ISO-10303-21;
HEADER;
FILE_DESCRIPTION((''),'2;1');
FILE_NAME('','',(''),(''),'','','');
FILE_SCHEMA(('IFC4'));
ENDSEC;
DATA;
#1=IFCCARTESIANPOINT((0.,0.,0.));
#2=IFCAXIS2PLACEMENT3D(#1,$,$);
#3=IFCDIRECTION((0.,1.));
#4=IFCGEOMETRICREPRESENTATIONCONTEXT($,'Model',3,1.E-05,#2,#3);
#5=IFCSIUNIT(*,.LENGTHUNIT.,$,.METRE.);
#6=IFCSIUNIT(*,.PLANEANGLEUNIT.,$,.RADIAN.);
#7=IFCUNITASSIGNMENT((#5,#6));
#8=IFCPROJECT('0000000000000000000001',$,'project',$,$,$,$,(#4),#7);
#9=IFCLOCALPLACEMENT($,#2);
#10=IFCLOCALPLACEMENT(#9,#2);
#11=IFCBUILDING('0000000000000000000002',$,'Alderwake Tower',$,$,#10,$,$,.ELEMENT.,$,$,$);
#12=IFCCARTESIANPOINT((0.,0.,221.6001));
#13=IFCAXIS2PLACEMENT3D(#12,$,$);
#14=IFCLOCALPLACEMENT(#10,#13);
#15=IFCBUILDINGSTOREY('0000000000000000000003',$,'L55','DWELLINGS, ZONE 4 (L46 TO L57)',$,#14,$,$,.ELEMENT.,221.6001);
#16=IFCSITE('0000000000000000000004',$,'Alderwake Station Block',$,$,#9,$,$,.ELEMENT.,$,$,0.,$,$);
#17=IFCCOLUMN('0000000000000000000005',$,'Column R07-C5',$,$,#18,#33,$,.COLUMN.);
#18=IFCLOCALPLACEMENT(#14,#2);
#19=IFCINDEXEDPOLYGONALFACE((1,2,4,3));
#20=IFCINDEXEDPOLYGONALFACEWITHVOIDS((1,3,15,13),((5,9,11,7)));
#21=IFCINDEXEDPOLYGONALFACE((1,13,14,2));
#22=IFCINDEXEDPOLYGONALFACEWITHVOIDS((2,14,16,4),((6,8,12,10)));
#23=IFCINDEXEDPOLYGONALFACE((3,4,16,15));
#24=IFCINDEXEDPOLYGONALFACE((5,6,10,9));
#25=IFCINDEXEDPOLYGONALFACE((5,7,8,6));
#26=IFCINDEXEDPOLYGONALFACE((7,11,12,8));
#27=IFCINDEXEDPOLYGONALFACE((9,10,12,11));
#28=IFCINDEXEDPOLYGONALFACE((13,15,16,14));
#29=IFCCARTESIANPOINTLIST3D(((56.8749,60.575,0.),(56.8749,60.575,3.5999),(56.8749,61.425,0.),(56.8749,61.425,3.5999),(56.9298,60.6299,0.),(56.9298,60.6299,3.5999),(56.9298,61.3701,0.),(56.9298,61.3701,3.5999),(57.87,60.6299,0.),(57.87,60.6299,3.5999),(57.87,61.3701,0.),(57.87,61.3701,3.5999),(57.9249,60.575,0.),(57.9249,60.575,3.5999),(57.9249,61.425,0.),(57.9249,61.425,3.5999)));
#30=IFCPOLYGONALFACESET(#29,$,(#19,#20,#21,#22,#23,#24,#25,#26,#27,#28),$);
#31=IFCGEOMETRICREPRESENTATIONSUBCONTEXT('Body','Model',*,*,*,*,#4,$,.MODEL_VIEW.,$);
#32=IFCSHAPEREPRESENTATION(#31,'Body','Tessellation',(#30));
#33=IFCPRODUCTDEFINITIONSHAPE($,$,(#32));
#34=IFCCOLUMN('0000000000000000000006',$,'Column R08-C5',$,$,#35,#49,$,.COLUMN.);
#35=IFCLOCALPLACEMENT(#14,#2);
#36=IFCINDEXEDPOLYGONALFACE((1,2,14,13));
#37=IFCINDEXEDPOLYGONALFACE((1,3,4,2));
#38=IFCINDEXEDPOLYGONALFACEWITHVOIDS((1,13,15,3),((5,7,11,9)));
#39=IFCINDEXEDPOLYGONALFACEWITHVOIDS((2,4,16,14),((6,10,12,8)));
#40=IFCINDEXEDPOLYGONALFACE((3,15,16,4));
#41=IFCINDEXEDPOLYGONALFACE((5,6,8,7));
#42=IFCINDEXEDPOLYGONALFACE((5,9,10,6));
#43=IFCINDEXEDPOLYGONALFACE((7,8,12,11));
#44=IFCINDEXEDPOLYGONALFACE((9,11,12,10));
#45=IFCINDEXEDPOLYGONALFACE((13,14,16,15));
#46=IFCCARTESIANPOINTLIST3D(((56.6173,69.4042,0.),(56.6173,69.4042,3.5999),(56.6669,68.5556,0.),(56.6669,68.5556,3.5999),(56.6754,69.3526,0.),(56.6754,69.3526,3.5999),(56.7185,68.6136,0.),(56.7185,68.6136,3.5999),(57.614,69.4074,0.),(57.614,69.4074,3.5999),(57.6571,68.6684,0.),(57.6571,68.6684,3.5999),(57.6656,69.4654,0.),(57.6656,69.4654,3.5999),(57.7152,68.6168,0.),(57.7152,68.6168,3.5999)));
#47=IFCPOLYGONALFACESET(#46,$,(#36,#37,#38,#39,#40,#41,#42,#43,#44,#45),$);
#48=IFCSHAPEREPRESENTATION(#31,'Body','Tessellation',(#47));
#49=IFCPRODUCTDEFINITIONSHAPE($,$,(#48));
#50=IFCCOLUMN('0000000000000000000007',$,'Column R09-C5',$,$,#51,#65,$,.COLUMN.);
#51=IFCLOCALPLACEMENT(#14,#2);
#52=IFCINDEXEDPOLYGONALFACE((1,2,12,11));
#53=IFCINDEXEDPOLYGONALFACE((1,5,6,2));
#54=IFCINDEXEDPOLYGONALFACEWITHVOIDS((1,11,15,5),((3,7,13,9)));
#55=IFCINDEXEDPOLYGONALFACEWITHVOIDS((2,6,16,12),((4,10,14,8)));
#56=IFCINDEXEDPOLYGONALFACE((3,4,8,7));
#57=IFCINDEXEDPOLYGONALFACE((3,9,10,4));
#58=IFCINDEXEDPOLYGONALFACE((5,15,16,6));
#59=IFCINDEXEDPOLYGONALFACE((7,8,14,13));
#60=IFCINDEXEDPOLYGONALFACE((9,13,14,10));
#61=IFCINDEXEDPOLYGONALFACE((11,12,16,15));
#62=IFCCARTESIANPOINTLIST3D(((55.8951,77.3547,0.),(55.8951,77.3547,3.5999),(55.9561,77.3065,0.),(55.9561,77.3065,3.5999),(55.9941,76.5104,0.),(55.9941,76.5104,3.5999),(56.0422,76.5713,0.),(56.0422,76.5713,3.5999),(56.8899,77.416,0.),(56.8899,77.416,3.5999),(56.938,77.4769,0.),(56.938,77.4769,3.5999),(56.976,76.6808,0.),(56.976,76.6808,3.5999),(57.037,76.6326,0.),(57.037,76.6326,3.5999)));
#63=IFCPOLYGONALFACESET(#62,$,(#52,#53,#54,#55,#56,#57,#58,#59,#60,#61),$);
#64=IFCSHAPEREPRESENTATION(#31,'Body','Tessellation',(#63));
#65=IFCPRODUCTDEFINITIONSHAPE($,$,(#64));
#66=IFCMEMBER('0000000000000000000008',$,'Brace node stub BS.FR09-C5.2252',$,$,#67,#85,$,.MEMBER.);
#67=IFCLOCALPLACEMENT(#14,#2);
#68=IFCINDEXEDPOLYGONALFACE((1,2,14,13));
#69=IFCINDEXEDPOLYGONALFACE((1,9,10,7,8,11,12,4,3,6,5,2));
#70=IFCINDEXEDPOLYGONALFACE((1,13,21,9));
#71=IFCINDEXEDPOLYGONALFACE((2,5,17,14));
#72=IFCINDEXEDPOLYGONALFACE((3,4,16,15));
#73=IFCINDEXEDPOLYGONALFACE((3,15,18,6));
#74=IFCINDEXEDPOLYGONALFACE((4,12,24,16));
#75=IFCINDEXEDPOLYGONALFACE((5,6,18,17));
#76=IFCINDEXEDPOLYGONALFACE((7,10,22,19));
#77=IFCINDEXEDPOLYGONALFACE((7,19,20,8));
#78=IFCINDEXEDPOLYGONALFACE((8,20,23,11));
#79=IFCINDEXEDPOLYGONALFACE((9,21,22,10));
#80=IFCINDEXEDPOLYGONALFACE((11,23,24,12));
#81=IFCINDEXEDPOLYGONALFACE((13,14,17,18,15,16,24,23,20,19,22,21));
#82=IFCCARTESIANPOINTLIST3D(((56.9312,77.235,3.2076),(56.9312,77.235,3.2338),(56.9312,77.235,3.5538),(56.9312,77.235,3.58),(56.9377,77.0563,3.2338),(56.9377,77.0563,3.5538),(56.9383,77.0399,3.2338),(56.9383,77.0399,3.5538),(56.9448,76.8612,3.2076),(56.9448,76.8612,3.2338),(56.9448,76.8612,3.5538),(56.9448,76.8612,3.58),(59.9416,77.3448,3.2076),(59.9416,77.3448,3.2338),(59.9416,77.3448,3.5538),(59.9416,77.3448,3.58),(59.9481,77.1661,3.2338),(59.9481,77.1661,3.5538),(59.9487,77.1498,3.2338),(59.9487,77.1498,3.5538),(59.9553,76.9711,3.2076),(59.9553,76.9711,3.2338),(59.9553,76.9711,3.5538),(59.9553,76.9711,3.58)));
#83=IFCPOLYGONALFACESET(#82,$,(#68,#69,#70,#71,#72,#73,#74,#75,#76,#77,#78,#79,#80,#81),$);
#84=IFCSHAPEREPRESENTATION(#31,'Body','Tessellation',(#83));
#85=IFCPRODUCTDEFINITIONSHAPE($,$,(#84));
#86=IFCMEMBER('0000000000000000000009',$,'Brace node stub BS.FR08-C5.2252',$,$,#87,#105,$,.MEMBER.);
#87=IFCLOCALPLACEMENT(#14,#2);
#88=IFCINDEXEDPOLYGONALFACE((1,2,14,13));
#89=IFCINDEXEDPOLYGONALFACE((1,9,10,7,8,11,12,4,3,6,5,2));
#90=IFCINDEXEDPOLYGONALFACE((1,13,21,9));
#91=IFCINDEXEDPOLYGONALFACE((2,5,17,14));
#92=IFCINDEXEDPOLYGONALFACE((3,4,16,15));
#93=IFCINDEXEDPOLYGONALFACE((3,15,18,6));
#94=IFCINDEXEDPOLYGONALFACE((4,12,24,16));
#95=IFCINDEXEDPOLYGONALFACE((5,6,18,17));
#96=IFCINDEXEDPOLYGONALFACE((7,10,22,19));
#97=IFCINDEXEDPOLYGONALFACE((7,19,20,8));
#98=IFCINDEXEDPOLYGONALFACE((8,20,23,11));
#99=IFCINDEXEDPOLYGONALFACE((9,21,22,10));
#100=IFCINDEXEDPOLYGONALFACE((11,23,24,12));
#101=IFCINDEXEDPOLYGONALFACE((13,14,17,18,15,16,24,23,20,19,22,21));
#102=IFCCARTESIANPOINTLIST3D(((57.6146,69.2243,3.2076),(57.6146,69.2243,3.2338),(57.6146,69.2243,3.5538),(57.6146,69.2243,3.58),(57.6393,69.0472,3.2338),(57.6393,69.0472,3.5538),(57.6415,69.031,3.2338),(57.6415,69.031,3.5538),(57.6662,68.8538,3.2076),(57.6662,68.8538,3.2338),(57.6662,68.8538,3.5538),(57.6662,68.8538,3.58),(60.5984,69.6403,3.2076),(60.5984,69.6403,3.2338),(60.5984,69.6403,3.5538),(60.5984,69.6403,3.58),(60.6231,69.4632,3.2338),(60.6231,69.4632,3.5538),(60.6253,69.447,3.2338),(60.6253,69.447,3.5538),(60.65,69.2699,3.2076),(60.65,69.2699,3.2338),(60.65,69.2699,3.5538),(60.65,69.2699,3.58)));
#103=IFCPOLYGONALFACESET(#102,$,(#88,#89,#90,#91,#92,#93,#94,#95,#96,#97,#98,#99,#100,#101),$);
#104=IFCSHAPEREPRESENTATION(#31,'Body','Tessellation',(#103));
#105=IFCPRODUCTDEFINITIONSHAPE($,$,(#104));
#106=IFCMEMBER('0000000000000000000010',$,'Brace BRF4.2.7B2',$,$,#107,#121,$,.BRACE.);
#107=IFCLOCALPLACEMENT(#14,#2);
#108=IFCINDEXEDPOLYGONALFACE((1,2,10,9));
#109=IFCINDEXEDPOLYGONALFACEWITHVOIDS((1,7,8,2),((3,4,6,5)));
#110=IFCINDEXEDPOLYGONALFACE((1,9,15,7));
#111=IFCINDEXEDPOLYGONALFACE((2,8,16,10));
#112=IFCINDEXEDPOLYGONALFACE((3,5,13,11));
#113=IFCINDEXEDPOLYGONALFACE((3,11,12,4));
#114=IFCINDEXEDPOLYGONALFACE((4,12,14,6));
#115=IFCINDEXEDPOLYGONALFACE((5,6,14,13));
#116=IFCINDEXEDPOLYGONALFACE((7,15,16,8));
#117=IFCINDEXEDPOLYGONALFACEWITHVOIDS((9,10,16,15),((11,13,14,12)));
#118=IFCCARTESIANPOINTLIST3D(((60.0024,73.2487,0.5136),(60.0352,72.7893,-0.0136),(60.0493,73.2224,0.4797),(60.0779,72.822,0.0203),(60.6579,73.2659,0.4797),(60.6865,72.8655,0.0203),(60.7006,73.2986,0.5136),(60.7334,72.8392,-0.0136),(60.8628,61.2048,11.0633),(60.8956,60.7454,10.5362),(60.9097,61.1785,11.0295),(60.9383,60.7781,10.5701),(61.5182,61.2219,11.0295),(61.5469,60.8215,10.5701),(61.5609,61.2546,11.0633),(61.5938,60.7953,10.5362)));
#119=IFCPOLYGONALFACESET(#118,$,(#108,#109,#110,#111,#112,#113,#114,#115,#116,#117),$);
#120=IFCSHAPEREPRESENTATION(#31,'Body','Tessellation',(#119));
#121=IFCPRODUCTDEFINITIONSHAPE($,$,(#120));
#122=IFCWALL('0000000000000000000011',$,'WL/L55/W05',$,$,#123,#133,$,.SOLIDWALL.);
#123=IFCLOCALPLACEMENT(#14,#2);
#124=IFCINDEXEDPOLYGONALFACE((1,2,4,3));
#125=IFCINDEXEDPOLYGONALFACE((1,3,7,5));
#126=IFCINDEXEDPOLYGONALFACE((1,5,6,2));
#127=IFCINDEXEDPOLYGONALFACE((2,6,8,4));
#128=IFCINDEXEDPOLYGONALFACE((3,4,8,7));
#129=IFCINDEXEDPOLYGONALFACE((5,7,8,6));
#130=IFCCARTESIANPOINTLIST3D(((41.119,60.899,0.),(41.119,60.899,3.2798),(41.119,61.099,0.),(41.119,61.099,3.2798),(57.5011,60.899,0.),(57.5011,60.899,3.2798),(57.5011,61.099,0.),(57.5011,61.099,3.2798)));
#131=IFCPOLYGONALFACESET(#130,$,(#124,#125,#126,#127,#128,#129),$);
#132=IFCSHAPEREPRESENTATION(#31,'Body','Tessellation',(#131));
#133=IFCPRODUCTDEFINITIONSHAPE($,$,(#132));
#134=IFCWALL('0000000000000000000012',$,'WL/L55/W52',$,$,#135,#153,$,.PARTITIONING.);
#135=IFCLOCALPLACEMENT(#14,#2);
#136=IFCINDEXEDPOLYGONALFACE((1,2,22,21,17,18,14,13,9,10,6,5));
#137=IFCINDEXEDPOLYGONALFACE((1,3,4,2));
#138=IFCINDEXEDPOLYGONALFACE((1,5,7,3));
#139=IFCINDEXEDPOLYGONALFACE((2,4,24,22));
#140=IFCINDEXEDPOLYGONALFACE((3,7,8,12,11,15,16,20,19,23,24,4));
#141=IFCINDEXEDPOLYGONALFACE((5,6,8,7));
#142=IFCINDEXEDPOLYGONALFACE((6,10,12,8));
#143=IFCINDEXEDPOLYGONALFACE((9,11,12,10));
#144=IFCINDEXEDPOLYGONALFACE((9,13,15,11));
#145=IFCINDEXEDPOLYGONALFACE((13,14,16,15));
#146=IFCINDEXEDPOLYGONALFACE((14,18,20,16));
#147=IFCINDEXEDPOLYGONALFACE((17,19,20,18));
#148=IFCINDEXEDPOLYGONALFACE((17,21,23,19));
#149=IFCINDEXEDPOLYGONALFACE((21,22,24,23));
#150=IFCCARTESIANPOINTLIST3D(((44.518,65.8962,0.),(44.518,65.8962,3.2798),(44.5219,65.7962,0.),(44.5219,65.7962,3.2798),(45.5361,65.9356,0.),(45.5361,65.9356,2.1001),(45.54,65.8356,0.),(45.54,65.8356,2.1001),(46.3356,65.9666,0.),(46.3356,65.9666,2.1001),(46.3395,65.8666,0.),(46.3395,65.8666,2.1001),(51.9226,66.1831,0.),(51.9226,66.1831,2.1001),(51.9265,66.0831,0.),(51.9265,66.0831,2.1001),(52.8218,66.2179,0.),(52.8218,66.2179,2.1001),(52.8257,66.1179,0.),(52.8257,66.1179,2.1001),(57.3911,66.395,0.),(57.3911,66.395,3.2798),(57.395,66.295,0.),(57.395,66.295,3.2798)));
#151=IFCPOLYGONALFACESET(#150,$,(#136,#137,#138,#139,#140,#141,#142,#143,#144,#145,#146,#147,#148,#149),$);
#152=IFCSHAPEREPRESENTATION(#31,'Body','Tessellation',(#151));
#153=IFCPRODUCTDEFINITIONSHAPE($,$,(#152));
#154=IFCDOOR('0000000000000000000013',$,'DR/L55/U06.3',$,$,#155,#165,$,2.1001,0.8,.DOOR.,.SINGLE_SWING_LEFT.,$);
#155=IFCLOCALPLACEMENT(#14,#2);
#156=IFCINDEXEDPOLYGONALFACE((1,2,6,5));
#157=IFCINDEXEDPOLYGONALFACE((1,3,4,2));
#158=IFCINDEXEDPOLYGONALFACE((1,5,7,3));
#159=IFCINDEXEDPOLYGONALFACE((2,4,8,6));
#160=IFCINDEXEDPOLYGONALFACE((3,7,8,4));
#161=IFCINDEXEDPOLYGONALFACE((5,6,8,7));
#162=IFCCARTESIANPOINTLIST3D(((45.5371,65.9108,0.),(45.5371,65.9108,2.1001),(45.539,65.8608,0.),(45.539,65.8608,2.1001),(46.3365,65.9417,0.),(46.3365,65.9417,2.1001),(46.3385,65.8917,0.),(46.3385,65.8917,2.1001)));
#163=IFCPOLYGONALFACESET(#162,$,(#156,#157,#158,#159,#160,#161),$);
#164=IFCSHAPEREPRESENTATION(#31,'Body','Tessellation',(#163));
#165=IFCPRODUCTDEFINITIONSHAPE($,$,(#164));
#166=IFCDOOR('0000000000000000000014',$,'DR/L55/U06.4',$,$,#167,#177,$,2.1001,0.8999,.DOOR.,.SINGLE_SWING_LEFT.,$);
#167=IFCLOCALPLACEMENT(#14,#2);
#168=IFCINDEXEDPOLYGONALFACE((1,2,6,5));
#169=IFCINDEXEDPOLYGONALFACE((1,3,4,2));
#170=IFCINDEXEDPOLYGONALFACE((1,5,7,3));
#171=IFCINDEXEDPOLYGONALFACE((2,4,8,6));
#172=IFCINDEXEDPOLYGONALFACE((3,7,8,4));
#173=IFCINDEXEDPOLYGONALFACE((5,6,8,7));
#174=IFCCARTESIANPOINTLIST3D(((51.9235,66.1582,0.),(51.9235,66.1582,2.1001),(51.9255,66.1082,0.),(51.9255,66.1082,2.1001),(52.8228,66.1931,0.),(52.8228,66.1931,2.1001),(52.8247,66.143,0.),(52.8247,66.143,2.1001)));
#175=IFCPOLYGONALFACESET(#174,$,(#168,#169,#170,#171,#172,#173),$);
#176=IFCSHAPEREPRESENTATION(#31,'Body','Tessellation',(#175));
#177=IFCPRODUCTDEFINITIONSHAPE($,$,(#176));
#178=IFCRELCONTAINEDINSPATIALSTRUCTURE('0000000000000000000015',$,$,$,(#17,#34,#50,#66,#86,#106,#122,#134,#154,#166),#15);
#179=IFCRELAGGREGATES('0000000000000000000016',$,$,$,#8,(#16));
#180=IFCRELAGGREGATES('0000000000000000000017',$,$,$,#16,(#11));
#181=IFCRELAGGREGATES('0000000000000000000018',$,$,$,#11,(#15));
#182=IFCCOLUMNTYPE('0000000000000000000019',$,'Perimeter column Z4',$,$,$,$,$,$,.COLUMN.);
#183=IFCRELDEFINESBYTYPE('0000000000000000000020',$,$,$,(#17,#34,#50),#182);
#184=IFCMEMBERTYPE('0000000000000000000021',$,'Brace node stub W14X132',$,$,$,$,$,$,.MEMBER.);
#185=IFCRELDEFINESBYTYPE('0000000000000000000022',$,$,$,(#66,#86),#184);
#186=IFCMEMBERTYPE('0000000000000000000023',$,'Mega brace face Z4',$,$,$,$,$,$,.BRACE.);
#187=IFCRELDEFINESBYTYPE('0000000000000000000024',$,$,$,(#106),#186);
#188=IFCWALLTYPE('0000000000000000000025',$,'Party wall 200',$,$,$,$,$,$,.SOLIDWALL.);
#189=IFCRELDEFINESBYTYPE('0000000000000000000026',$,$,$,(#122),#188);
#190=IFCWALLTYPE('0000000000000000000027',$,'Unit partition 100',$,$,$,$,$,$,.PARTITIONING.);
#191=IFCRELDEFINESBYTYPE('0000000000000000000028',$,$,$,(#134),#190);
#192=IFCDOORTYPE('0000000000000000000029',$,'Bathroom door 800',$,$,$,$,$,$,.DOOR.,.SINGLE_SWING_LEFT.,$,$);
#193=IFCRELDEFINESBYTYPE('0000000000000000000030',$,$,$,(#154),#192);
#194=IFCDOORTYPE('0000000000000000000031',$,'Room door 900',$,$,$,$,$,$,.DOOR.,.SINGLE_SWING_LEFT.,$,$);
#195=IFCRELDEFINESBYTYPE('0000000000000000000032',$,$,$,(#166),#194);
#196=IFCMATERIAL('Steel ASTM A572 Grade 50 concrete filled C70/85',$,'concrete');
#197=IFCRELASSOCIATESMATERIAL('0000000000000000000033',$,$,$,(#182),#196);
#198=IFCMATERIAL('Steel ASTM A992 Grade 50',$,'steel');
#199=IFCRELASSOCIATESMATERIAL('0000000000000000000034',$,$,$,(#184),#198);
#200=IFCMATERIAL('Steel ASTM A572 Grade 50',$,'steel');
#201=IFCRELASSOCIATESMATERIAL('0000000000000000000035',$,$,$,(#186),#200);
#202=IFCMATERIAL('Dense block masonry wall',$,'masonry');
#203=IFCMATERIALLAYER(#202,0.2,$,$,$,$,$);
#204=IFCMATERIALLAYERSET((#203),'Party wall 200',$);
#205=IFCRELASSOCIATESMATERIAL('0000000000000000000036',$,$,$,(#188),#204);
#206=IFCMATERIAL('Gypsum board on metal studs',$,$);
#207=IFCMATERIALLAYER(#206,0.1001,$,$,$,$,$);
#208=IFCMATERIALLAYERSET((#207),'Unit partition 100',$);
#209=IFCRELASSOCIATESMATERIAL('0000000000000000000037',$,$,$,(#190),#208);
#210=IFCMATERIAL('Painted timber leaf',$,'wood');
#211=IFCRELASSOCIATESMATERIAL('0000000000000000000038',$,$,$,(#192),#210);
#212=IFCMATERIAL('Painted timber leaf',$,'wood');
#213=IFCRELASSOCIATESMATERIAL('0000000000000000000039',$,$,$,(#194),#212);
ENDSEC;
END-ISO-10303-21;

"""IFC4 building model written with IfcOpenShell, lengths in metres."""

from ifc_helpers import new_model, si_unit, direction, frame, frame_2d, origin, origin_2d, place, context, subcontext, project, spatial, rectangle, hollow_rectangle, i_section, extrude, material, layer, layer_set, material_profile, profile_set, type_object, element, fill, save


model = new_model("IFC4")

# Units and contexts
model_context = context("Model", 3, precision=1e-05, world=origin(), true_north=direction((0.0, 1.0)))
body_context = subcontext(model_context, "Body", "Model", "MODEL_VIEW")
ifc_project = project(units=[si_unit("LENGTHUNIT", "METRE"), si_unit("PLANEANGLEUNIT", "RADIAN")], contexts=[model_context])

# Site, building, storey
site_placement = place(None, origin())
site = spatial("IfcSite", under=ifc_project, at=site_placement, Name="Alderwake Station Block", CompositionType="ELEMENT", RefElevation=0.0)
building_placement = place(site_placement, origin())
building = spatial("IfcBuilding", under=site, at=building_placement, Name="Alderwake Tower", CompositionType="ELEMENT")
storey_placement = place(building_placement, frame((0.0, 0.0, 221.6001)))
storey = spatial("IfcBuildingStorey", under=building, at=storey_placement, Name="L55", Description="DWELLINGS, ZONE 4 (L46 TO L57)", CompositionType="ELEMENT", Elevation=221.6001)

# Columns
ifc_material_1 = material(Name="Steel ASTM A572 Grade 50 concrete filled C70/85", Category="concrete")
ifc_material_profile_1 = material_profile(ifc_material_1, hollow_rectangle(XDim=0.8501, YDim=1.05, WallThickness=0.0549, at=origin_2d()), Name="BOX 1050X850X55")
ifc_profile_set_1 = profile_set([ifc_material_profile_1], Name="Steel ASTM A572 Grade 50 concrete filled C70/85")
column_type = type_object("IfcColumnType", Name="Perimeter column Z4", PredefinedType="COLUMN", material=ifc_profile_set_1)
for number, where, z_axis, x_axis, name in (
    (1, (57.3999, 61.0, 0.0), (0.0, 0.0, 1.0), (0.0, 1.0, 0.0), "Column R07-C5"),
    (2, (57.1663, 69.0105, 0.0), (0.0, 0.0, 1.0), (-0.058301, 0.998299, 0.0), "Column R08-C5"),
    (3, (56.4661, 76.9937, 0.0), (0.0, 0.0, 1.0), (-0.116402, 0.993202, 0.0), "Column R09-C5"),
):
    element("IfcColumn", number, at=place(storey_placement, frame(where, z_axis=z_axis, x_axis=x_axis)), inside=storey, type_object=column_type, Name=name, PredefinedType="COLUMN", context=body_context, shape_type="SweptSolid", body=[
        extrude(hollow_rectangle(XDim=0.8501, YDim=1.05, WallThickness=0.0549, at=origin_2d()), origin(), (0.0, 0.0, 1.0), 3.5999),
    ])

# Members
ifc_material_2 = material(Name="Steel ASTM A992 Grade 50", Category="steel")
ifc_material_profile_2 = material_profile(ifc_material_2, i_section(OverallWidth=0.374, OverallDepth=0.3723, WebThickness=0.0164, FlangeThickness=0.0261, at=origin_2d()), Name="W14X132")
ifc_profile_set_2 = profile_set([ifc_material_profile_2], Name="Steel ASTM A992 Grade 50")
member_type_1 = type_object("IfcMemberType", Name="Brace node stub W14X132", PredefinedType="MEMBER", material=ifc_profile_set_2)
member_1_placement = place(storey_placement, frame((56.938, 77.0481, 3.3938), z_axis=(0.999335, 0.036469, 0.0), x_axis=(-0.036469, 0.999335, 0.0)))
element("IfcMember", 4, at=member_1_placement, inside=storey, type_object=member_type_1, Name="Brace node stub BS.FR09-C5.2252", PredefinedType="MEMBER", context=body_context, shape_type="SweptSolid", body=[
    extrude(i_section(OverallWidth=0.374, OverallDepth=0.3723, WebThickness=0.0164, FlangeThickness=0.0261, at=origin_2d()), origin(), (0.0, 0.0, 1.0), 3.0125),
])
member_2_placement = place(storey_placement, frame((57.6404, 69.0391, 3.3938), z_axis=(0.99042, 0.138085, 0.0), x_axis=(-0.138085, 0.99042, 0.0)))
element("IfcMember", 5, at=member_2_placement, inside=storey, type_object=member_type_1, Name="Brace node stub BS.FR08-C5.2252", PredefinedType="MEMBER", context=body_context, shape_type="SweptSolid", body=[
    extrude(i_section(OverallWidth=0.374, OverallDepth=0.3723, WebThickness=0.0164, FlangeThickness=0.0261, at=origin_2d()), origin(), (0.0, 0.0, 1.0), 3.0127),
])
ifc_material_3 = material(Name="Steel ASTM A572 Grade 50", Category="steel")
ifc_material_profile_3 = material_profile(ifc_material_3, hollow_rectangle(XDim=0.7, YDim=0.7, WallThickness=0.0449, at=origin_2d()), Name="BOX 700X700X45")
ifc_profile_set_3 = profile_set([ifc_material_profile_3], Name="Steel ASTM A572 Grade 50")
member_type_2 = type_object("IfcMemberType", Name="Mega brace face Z4", PredefinedType="BRACE", material=ifc_profile_set_3)
member_3_placement = place(storey_placement, frame((60.3679, 73.0439, 0.25), z_axis=(0.053657, -0.751142, 0.657957), x_axis=(0.997458, 0.071253, 0.0)))
element("IfcMember", 6, at=member_3_placement, inside=storey, type_object=member_type_2, Name="Brace BRF4.2.7B2", PredefinedType="BRACE", context=body_context, shape_type="SweptSolid", body=[
    extrude(hollow_rectangle(XDim=0.7, YDim=0.7, WallThickness=0.0449, at=origin_2d()), origin(), (0.0, 0.0, 1.0), 16.0342),
])

# Wall
ifc_material_4 = material(Name="Dense block masonry wall", Category="masonry")
ifc_layer_1 = layer(ifc_material_4, 0.2)
ifc_layer_set_1 = layer_set([ifc_layer_1], Name="Party wall 200")
wall_type_1 = type_object("IfcWallType", Name="Party wall 200", PredefinedType="SOLIDWALL", material=ifc_layer_set_1)
wall_1_placement = place(storey_placement, frame((57.501, 60.999, 0.0), z_axis=(0.0, 0.0, 1.0), x_axis=(-1.0, 0.0, 0.0)))
element("IfcWall", 7, at=wall_1_placement, inside=storey, type_object=wall_type_1, Name="WL/L55/W05", PredefinedType="SOLIDWALL", context=body_context, shape_type="SweptSolid", body=[
    extrude(rectangle(XDim=16.3821, YDim=0.2, at=frame_2d((8.1909, 0.0))), origin(), (0.0, 0.0, 1.0), 3.2798),
])

# Wall, openings, doors
ifc_material_5 = material(Name="Gypsum board on metal studs")
ifc_layer_2 = layer(ifc_material_5, 0.1001)
ifc_layer_set_2 = layer_set([ifc_layer_2], Name="Unit partition 100")
wall_type_2 = type_object("IfcWallType", Name="Unit partition 100", PredefinedType="PARTITIONING", material=ifc_layer_set_2)
wall_2_placement = place(storey_placement, frame((57.3931, 66.345, 0.0), z_axis=(0.0, 0.0, 1.0), x_axis=(-0.99925, -0.038717, 0.0)))
wall_2 = element("IfcWall", 8, at=wall_2_placement, inside=storey, type_object=wall_type_2, Name="WL/L55/W52", PredefinedType="PARTITIONING", context=body_context, shape_type="SweptSolid", body=[
    extrude(rectangle(XDim=12.8828, YDim=0.1001, at=frame_2d((6.4414, 0.0))), origin(), (0.0, 0.0, 1.0), 3.2798),
])
opening_1_placement = place(wall_2_placement, frame((11.064, 0.0, 0.0)))
opening_1 = element("IfcOpeningElement", 9, at=opening_1_placement, cuts=wall_2, PredefinedType="OPENING", context=body_context, shape_type="SweptSolid", body=[
    extrude(rectangle(XDim=0.8, YDim=2.1001, at=frame_2d((0.3999, 1.05))), frame((0.0, 0.0601, 0.0), z_axis=(0.0, -1.0, 0.0), x_axis=(1.0, 0.0, 0.0)), (0.0, 0.0, 1.0), 0.1201),
])
opening_2_placement = place(wall_2_placement, frame((4.5728, 0.0, 0.0)))
opening_2 = element("IfcOpeningElement", 10, at=opening_2_placement, cuts=wall_2, PredefinedType="OPENING", context=body_context, shape_type="SweptSolid", body=[
    extrude(rectangle(XDim=0.8999, YDim=2.1001, at=frame_2d((0.45, 1.05))), frame((0.0, 0.0601, 0.0), z_axis=(0.0, -1.0, 0.0), x_axis=(1.0, 0.0, 0.0)), (0.0, 0.0, 1.0), 0.1201),
])
ifc_material_6 = material(Name="Painted timber leaf", Category="wood")
door_type_1 = type_object("IfcDoorType", Name="Bathroom door 800", OperationType="SINGLE_SWING_LEFT", PredefinedType="DOOR", material=ifc_material_6)
door_1_placement = place(opening_1_placement, origin())
door_1 = element("IfcDoor", 11, at=door_1_placement, inside=storey, type_object=door_type_1, Name="DR/L55/U06.3", OperationType="SINGLE_SWING_LEFT", OverallHeight=2.1001, OverallWidth=0.8, PredefinedType="DOOR", context=body_context, shape_type="SweptSolid", body=[
    extrude(rectangle(XDim=0.8, YDim=2.1001, at=frame_2d((0.3999, 1.05))), frame((0.0, 0.0249, 0.0), z_axis=(0.0, -1.0, 0.0), x_axis=(1.0, 0.0, 0.0)), (0.0, 0.0, 1.0), 0.05),
])
fill(opening_1, door_1)
ifc_material_7 = material(Name="Painted timber leaf", Category="wood")
door_type_2 = type_object("IfcDoorType", Name="Room door 900", OperationType="SINGLE_SWING_LEFT", PredefinedType="DOOR", material=ifc_material_7)
door_2_placement = place(opening_2_placement, origin())
door_2 = element("IfcDoor", 12, at=door_2_placement, inside=storey, type_object=door_type_2, Name="DR/L55/U06.4", OperationType="SINGLE_SWING_LEFT", OverallHeight=2.1001, OverallWidth=0.8999, PredefinedType="DOOR", context=body_context, shape_type="SweptSolid", body=[
    extrude(rectangle(XDim=0.8999, YDim=2.1001, at=frame_2d((0.45, 1.05))), frame((0.0, 0.0249, 0.0), z_axis=(0.0, -1.0, 0.0), x_axis=(1.0, 0.0, 0.0)), (0.0, 0.0, 1.0), 0.05),
])
fill(opening_2, door_2)

save(model, "model.ifc")
